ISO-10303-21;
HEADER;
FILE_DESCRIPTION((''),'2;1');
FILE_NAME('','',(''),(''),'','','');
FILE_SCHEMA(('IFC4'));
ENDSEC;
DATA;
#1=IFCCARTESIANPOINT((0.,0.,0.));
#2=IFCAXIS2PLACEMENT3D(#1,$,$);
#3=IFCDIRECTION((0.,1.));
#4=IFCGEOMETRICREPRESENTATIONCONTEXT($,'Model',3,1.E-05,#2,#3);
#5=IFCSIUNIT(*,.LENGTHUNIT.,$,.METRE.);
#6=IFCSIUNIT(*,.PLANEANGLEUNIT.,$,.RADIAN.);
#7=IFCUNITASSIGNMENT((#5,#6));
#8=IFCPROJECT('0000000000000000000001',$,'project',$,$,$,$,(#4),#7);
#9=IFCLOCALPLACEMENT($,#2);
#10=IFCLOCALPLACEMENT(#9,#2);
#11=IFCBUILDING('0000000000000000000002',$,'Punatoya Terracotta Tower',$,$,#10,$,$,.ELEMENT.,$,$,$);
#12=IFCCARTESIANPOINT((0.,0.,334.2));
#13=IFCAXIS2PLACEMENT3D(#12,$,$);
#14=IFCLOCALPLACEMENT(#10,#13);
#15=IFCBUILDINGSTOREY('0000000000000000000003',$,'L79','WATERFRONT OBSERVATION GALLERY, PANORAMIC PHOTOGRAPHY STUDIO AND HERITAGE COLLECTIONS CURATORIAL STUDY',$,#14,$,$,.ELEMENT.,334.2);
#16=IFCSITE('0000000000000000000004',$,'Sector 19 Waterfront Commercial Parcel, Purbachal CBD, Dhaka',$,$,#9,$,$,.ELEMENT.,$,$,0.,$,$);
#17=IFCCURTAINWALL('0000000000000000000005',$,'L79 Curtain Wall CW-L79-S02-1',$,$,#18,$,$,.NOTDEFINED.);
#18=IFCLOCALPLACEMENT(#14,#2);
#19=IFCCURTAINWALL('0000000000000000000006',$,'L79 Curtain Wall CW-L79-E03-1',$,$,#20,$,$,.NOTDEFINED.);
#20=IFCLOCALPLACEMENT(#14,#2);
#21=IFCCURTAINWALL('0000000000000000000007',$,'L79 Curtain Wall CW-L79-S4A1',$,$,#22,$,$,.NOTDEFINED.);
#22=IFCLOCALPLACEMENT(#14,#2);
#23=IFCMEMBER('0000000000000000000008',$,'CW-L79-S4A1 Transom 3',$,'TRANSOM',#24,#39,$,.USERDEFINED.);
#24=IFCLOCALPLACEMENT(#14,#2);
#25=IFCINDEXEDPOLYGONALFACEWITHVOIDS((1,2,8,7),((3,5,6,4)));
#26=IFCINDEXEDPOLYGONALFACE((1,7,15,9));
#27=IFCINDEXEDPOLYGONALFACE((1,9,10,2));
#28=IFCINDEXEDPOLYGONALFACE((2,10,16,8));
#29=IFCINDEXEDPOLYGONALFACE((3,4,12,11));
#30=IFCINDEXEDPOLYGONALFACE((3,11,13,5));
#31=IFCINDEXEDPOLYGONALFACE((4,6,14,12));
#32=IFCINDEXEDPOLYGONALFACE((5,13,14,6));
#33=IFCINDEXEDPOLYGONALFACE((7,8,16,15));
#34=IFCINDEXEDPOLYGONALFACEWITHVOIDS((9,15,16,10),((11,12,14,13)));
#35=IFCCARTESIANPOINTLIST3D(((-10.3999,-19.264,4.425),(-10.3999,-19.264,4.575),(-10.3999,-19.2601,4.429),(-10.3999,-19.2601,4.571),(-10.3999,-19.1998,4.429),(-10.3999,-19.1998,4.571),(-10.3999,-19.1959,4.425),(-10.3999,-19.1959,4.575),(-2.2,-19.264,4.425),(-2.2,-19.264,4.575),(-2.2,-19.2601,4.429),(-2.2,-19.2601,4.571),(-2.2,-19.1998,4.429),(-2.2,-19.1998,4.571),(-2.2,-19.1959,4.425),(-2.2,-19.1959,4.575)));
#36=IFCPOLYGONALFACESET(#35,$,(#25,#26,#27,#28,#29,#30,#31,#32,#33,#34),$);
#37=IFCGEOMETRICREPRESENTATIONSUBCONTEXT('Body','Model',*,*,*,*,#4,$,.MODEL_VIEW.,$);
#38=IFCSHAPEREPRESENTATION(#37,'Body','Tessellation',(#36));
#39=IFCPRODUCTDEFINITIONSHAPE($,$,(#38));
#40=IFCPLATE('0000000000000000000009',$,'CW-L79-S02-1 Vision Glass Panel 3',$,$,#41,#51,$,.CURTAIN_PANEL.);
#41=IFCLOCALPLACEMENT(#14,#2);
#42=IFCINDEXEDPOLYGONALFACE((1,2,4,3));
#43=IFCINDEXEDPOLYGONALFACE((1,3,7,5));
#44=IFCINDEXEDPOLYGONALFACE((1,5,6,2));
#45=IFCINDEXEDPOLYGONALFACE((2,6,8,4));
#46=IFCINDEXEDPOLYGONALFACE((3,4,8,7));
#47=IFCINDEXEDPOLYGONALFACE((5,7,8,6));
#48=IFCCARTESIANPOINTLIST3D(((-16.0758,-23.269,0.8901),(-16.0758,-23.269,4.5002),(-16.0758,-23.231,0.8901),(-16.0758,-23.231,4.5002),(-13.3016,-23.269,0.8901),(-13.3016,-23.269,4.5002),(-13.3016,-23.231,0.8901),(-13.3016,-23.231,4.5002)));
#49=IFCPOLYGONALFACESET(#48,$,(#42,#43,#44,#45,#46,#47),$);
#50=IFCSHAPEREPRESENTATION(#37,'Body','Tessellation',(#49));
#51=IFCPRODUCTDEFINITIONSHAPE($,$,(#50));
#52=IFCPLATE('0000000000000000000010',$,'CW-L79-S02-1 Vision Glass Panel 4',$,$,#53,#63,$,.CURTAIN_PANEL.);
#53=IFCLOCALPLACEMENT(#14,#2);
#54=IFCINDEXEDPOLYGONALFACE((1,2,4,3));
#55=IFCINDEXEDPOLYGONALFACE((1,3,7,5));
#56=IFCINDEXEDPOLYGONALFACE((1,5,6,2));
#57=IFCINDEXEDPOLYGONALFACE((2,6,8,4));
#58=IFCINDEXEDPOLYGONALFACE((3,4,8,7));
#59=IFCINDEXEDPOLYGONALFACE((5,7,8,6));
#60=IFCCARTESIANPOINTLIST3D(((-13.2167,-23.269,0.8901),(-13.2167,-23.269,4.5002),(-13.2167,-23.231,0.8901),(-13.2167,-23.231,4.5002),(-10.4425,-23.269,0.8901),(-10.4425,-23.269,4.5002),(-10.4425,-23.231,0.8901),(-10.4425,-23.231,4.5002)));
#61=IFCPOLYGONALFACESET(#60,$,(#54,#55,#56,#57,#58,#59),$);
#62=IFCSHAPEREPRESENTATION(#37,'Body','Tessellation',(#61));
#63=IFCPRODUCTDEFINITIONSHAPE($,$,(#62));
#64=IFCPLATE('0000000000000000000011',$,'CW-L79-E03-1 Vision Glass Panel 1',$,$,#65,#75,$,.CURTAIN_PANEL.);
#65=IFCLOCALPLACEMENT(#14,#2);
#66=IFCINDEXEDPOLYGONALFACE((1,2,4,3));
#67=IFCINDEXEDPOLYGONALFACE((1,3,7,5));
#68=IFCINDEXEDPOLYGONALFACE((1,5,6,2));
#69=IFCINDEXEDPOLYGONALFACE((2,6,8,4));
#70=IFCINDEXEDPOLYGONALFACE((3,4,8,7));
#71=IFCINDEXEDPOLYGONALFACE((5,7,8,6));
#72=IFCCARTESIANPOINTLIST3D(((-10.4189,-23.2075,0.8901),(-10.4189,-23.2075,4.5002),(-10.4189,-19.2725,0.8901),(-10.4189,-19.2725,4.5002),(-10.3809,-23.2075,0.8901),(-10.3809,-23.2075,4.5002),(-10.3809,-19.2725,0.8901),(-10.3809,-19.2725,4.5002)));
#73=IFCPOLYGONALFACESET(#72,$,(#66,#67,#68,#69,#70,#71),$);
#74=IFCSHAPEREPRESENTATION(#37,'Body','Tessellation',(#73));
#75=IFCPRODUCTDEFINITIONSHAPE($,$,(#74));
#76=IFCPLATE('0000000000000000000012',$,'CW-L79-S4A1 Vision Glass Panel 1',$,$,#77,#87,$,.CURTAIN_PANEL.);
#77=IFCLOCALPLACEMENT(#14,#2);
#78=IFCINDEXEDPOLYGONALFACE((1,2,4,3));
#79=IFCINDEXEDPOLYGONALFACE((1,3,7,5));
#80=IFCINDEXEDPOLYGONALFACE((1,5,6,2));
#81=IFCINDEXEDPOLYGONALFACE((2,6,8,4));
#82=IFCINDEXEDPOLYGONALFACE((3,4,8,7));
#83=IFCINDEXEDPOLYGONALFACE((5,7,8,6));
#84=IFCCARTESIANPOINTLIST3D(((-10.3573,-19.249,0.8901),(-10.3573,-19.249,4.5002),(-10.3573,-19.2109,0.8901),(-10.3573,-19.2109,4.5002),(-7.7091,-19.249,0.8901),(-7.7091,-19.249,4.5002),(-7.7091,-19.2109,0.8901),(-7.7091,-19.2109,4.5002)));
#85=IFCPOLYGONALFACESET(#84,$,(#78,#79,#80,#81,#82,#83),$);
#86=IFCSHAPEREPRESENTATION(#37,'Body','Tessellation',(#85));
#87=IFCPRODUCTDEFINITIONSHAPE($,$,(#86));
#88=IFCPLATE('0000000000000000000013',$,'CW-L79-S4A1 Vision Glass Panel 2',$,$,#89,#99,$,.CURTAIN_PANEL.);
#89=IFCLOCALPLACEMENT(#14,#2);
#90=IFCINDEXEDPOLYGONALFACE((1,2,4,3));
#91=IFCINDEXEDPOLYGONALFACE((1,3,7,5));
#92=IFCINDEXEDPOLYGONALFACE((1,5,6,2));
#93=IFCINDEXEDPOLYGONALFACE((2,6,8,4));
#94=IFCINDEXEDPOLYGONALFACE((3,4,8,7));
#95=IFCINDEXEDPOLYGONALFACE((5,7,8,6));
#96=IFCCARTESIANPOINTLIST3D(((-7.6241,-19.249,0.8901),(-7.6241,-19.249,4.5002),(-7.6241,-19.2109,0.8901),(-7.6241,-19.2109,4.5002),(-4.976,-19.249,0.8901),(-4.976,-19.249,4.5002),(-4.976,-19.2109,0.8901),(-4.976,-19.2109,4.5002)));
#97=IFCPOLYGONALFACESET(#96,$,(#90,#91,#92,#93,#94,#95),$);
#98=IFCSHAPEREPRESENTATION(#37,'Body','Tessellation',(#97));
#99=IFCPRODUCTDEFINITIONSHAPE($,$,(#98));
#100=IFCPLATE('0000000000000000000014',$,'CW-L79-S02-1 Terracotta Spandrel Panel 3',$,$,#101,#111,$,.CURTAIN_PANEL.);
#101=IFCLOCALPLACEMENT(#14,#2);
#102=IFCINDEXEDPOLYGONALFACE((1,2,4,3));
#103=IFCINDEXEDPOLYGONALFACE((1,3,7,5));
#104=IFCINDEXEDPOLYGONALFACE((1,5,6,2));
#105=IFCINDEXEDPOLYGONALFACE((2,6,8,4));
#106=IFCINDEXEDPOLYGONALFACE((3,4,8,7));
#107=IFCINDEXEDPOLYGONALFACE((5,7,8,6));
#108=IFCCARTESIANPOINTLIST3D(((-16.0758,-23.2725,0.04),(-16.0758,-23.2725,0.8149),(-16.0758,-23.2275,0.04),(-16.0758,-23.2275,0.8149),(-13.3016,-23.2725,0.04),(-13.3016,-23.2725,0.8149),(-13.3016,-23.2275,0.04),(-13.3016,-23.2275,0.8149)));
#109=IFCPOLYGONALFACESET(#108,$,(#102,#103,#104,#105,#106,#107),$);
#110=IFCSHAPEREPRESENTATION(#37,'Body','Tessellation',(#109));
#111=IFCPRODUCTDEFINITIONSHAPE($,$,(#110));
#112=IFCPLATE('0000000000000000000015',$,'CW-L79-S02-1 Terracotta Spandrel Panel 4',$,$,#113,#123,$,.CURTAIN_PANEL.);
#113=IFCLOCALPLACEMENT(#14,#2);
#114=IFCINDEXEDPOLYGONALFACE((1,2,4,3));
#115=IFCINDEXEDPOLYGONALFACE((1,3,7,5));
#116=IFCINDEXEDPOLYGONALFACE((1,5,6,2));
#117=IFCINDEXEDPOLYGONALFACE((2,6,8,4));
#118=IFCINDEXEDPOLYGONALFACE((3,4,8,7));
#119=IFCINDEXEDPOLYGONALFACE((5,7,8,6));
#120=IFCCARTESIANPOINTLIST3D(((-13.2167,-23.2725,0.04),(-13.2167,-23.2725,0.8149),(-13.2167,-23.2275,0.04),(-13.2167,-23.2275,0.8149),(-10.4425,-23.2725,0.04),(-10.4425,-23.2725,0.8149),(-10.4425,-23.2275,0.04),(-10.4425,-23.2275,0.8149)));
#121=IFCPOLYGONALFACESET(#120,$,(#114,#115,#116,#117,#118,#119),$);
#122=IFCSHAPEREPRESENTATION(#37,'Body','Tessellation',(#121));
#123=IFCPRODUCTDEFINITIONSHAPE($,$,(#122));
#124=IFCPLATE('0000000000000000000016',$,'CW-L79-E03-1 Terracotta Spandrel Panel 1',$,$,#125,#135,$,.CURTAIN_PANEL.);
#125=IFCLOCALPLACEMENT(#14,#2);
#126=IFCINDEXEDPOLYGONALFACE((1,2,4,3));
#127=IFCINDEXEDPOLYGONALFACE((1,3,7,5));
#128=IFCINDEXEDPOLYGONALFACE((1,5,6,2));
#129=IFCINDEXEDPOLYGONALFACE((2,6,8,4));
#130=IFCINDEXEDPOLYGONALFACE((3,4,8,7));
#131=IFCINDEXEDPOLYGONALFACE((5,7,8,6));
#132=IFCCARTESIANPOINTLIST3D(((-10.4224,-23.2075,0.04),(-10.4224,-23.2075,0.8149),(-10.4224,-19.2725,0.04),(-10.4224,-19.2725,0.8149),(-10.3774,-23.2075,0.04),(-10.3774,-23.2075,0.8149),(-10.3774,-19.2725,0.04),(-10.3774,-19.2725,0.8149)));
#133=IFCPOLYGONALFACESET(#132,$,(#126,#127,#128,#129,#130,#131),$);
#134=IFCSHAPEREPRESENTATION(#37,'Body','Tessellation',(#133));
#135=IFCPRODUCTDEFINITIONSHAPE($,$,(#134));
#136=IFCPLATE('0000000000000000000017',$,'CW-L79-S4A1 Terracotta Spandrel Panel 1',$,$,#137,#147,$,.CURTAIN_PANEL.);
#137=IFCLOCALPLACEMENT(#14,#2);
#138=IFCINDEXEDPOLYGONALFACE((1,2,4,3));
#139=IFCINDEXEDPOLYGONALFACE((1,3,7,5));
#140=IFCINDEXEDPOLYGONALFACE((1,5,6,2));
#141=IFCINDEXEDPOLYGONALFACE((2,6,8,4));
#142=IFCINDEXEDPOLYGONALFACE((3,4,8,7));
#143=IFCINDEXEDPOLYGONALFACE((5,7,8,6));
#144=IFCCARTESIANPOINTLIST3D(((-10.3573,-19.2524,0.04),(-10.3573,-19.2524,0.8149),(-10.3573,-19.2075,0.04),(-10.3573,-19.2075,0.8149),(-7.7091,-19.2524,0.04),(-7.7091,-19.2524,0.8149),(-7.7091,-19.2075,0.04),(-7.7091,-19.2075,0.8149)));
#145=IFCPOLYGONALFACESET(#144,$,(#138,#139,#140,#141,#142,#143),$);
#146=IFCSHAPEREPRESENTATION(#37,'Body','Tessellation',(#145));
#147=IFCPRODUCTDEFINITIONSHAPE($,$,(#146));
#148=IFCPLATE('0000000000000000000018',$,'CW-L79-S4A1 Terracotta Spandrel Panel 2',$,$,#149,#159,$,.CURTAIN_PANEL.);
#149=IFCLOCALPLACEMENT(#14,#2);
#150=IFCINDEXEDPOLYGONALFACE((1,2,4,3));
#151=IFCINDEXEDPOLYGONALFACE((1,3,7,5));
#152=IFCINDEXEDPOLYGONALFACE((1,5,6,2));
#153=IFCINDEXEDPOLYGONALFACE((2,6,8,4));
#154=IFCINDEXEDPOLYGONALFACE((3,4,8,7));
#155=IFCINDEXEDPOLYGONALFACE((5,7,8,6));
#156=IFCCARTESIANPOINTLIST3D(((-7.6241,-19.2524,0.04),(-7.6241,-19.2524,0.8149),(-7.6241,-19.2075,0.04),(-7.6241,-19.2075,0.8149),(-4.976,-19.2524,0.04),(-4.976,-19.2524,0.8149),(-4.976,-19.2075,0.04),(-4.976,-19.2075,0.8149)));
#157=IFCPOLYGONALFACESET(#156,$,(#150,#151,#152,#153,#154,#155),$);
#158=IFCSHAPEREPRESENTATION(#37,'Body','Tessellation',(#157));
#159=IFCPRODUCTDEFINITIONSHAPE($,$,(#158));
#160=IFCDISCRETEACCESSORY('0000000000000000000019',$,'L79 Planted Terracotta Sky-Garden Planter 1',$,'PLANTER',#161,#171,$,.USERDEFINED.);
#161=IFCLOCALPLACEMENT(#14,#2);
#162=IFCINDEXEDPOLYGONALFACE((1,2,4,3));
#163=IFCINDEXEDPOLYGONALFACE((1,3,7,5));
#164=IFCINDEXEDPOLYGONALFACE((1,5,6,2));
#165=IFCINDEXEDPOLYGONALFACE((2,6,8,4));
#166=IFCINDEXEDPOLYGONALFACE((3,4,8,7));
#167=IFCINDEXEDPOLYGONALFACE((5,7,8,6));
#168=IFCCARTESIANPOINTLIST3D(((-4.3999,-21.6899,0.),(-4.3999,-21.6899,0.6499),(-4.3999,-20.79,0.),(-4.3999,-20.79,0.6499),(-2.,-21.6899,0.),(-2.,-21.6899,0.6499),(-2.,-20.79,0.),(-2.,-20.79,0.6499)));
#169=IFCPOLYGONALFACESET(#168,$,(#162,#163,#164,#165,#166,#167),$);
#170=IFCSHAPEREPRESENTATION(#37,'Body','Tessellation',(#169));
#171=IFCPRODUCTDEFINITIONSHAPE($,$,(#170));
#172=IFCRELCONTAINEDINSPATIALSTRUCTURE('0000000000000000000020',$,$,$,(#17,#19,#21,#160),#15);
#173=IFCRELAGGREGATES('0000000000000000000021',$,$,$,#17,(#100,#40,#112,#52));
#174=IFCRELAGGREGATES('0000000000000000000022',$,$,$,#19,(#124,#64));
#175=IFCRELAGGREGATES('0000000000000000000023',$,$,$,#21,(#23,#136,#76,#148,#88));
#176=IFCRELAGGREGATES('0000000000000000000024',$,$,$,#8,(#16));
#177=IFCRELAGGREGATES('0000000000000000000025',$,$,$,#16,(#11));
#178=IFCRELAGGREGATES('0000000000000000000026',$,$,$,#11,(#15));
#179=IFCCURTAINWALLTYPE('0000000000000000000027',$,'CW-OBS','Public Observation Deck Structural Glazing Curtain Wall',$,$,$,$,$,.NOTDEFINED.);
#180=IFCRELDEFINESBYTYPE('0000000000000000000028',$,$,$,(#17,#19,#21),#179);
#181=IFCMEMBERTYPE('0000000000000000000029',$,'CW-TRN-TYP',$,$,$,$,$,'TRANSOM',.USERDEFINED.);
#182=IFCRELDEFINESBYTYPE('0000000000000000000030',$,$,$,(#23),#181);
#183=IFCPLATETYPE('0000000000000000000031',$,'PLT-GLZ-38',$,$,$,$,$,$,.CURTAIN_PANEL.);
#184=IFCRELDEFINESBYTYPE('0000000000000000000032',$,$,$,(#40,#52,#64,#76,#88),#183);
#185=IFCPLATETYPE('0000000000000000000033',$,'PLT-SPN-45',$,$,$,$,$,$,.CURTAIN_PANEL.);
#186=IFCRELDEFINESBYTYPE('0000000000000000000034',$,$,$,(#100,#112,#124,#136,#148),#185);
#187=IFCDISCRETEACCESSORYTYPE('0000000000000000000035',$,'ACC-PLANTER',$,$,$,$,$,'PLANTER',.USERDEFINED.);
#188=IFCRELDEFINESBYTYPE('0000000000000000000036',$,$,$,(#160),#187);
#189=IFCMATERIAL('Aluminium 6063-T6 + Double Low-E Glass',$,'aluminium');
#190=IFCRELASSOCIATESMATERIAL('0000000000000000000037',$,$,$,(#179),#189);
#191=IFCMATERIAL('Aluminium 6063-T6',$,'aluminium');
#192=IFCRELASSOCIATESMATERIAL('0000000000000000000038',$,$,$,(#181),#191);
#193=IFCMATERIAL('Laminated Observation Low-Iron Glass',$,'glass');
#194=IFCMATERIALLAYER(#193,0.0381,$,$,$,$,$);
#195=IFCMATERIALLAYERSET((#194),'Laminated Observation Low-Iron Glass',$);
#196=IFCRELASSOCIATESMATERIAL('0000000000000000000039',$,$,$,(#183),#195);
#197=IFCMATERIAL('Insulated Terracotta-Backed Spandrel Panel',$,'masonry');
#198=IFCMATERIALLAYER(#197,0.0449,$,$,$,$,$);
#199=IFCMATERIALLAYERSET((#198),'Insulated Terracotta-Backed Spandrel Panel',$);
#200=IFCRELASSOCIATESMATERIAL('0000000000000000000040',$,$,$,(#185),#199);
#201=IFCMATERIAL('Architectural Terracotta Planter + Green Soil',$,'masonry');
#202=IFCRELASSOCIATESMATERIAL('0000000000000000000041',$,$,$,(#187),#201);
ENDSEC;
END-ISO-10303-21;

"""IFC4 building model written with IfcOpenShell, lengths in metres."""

from ifc_helpers import new_model, si_unit, direction, frame, origin, origin_2d, place, context, subcontext, project, spatial, rectangle, hollow_rectangle, extrude, material, layer, layer_set, material_profile, profile_set, type_object, element, aggregate, save


model = new_model("IFC4")

# Units and contexts
model_context = context("Model", 3, precision=1e-05, world=origin(), true_north=direction((0.0, 1.0)))
body_context = subcontext(model_context, "Body", "Model", "MODEL_VIEW")
ifc_project = project(units=[si_unit("LENGTHUNIT", "METRE"), si_unit("PLANEANGLEUNIT", "RADIAN")], contexts=[model_context])

# Site, building, storey
site_placement = place(None, origin())
site = spatial("IfcSite", under=ifc_project, at=site_placement, Name="Sector 19 Waterfront Commercial Parcel, Purbachal CBD, Dhaka", CompositionType="ELEMENT", RefElevation=0.0)
building_placement = place(site_placement, origin())
building = spatial("IfcBuilding", under=site, at=building_placement, Name="Punatoya Terracotta Tower", CompositionType="ELEMENT")
storey_placement = place(building_placement, frame((0.0, 0.0, 334.2)))
storey = spatial("IfcBuildingStorey", under=building, at=storey_placement, Name="L79", Description="WATERFRONT OBSERVATION GALLERY, PANORAMIC PHOTOGRAPHY STUDIO AND HERITAGE COLLECTIONS CURATORIAL STUDY", CompositionType="ELEMENT", Elevation=334.2)

# Curtain walls
ifc_material_1 = material(Name="Aluminium 6063-T6 + Double Low-E Glass", Category="aluminium")
curtain_wall_type = type_object("IfcCurtainWallType", Name="CW-OBS", Description="Public Observation Deck Structural Glazing Curtain Wall", PredefinedType="NOTDEFINED", material=ifc_material_1)
curtain_wall_1_placement = place(storey_placement, origin())
curtain_wall_1 = element("IfcCurtainWall", 1, at=curtain_wall_1_placement, inside=storey, type_object=curtain_wall_type, Name="L79 Curtain Wall CW-L79-S02-1", PredefinedType="NOTDEFINED")
ifc_material_2 = material(Name="Aluminium 6063-T6", Category="aluminium")
curtain_wall_2_placement = place(storey_placement, origin())
curtain_wall_2 = element("IfcCurtainWall", 2, at=curtain_wall_2_placement, inside=storey, type_object=curtain_wall_type, Name="L79 Curtain Wall CW-L79-E03-1", PredefinedType="NOTDEFINED")
curtain_wall_3_placement = place(storey_placement, origin())
curtain_wall_3 = element("IfcCurtainWall", 3, at=curtain_wall_3_placement, inside=storey, type_object=curtain_wall_type, Name="L79 Curtain Wall CW-L79-S4A1", PredefinedType="NOTDEFINED")

# Member
ifc_material_profile_1 = material_profile(ifc_material_2, hollow_rectangle(XDim=0.0681, YDim=0.1499, WallThickness=0.0039, at=origin_2d()))
ifc_profile_set_1 = profile_set([ifc_material_profile_1], Name="Aluminium 6063-T6")
member_type_1 = type_object("IfcMemberType", Name="CW-TRN-TYP", ElementType="TRANSOM", PredefinedType="USERDEFINED", material=ifc_profile_set_1)
member_1_placement = place(storey_placement, frame((-10.3999, -19.23, 4.5), z_axis=(1.0, 0.0, 0.0), x_axis=(0.0, 1.0, 0.0)))
member_1 = element("IfcMember", 4, at=member_1_placement, type_object=member_type_1, Name="CW-L79-S4A1 Transom 3", ObjectType="TRANSOM", PredefinedType="USERDEFINED", context=body_context, shape_type="SweptSolid", body=[
    extrude(hollow_rectangle(XDim=0.0681, YDim=0.1499, WallThickness=0.0039, at=origin_2d()), origin(), (0.0, 0.0, 1.0), 8.2),
])

# Plates
ifc_material_3 = material(Name="Laminated Observation Low-Iron Glass", Category="glass")
ifc_layer_1 = layer(ifc_material_3, 0.0381)
ifc_layer_set_1 = layer_set([ifc_layer_1], Name="Laminated Observation Low-Iron Glass")
plate_type_1 = type_object("IfcPlateType", Name="PLT-GLZ-38", PredefinedType="CURTAIN_PANEL", material=ifc_layer_set_1)
plate_1_placement = place(storey_placement, frame((-14.6887, -23.25, 0.8901), z_axis=(0.0, 0.0, 1.0), x_axis=(1.0, 0.0, 0.0)))
plate_1 = element("IfcPlate", 5, at=plate_1_placement, type_object=plate_type_1, Name="CW-L79-S02-1 Vision Glass Panel 3", PredefinedType="CURTAIN_PANEL", context=body_context, shape_type="SweptSolid", body=[
    extrude(rectangle(XDim=2.7742, YDim=0.0381, at=origin_2d()), origin(), (0.0, 0.0, 1.0), 3.6101),
])
plate_2_placement = place(storey_placement, frame((-11.8296, -23.25, 0.8901), z_axis=(0.0, 0.0, 1.0), x_axis=(1.0, 0.0, 0.0)))
plate_2 = element("IfcPlate", 6, at=plate_2_placement, type_object=plate_type_1, Name="CW-L79-S02-1 Vision Glass Panel 4", PredefinedType="CURTAIN_PANEL", context=body_context, shape_type="SweptSolid", body=[
    extrude(rectangle(XDim=2.7742, YDim=0.0381, at=origin_2d()), origin(), (0.0, 0.0, 1.0), 3.6101),
])
plate_3_placement = place(storey_placement, frame((-10.3999, -21.24, 0.8901), z_axis=(0.0, 0.0, 1.0), x_axis=(0.0, 1.0, 0.0)))
plate_3 = element("IfcPlate", 7, at=plate_3_placement, type_object=plate_type_1, Name="CW-L79-E03-1 Vision Glass Panel 1", PredefinedType="CURTAIN_PANEL", context=body_context, shape_type="SweptSolid", body=[
    extrude(rectangle(XDim=3.9351, YDim=0.0381, at=origin_2d()), origin(), (0.0, 0.0, 1.0), 3.6101),
])
plate_4_placement = place(storey_placement, frame((-9.0332, -19.23, 0.8901), z_axis=(0.0, 0.0, 1.0), x_axis=(1.0, 0.0, 0.0)))
plate_4 = element("IfcPlate", 8, at=plate_4_placement, type_object=plate_type_1, Name="CW-L79-S4A1 Vision Glass Panel 1", PredefinedType="CURTAIN_PANEL", context=body_context, shape_type="SweptSolid", body=[
    extrude(rectangle(XDim=2.6482, YDim=0.0381, at=origin_2d()), origin(), (0.0, 0.0, 1.0), 3.6101),
])
plate_5_placement = place(storey_placement, frame((-6.3, -19.23, 0.8901), z_axis=(0.0, 0.0, 1.0), x_axis=(1.0, 0.0, 0.0)))
plate_5 = element("IfcPlate", 9, at=plate_5_placement, type_object=plate_type_1, Name="CW-L79-S4A1 Vision Glass Panel 2", PredefinedType="CURTAIN_PANEL", context=body_context, shape_type="SweptSolid", body=[
    extrude(rectangle(XDim=2.6482, YDim=0.0381, at=origin_2d()), origin(), (0.0, 0.0, 1.0), 3.6101),
])
ifc_material_4 = material(Name="Insulated Terracotta-Backed Spandrel Panel", Category="masonry")
ifc_layer_2 = layer(ifc_material_4, 0.0449)
ifc_layer_set_2 = layer_set([ifc_layer_2], Name="Insulated Terracotta-Backed Spandrel Panel")
plate_type_2 = type_object("IfcPlateType", Name="PLT-SPN-45", PredefinedType="CURTAIN_PANEL", material=ifc_layer_set_2)
plate_6_placement = place(storey_placement, frame((-14.6887, -23.25, 0.04), z_axis=(0.0, 0.0, 1.0), x_axis=(1.0, 0.0, 0.0)))
plate_6 = element("IfcPlate", 10, at=plate_6_placement, type_object=plate_type_2, Name="CW-L79-S02-1 Terracotta Spandrel Panel 3", PredefinedType="CURTAIN_PANEL", context=body_context, shape_type="SweptSolid", body=[
    extrude(rectangle(XDim=2.7742, YDim=0.0449, at=origin_2d()), origin(), (0.0, 0.0, 1.0), 0.7749),
])
plate_7_placement = place(storey_placement, frame((-11.8296, -23.25, 0.04), z_axis=(0.0, 0.0, 1.0), x_axis=(1.0, 0.0, 0.0)))
plate_7 = element("IfcPlate", 11, at=plate_7_placement, type_object=plate_type_2, Name="CW-L79-S02-1 Terracotta Spandrel Panel 4", PredefinedType="CURTAIN_PANEL", context=body_context, shape_type="SweptSolid", body=[
    extrude(rectangle(XDim=2.7742, YDim=0.0449, at=origin_2d()), origin(), (0.0, 0.0, 1.0), 0.7749),
])
aggregate(curtain_wall_1, [plate_6, plate_1, plate_7, plate_2])
plate_8_placement = place(storey_placement, frame((-10.3999, -21.24, 0.04), z_axis=(0.0, 0.0, 1.0), x_axis=(0.0, 1.0, 0.0)))
plate_8 = element("IfcPlate", 12, at=plate_8_placement, type_object=plate_type_2, Name="CW-L79-E03-1 Terracotta Spandrel Panel 1", PredefinedType="CURTAIN_PANEL", context=body_context, shape_type="SweptSolid", body=[
    extrude(rectangle(XDim=3.9351, YDim=0.0449, at=origin_2d()), origin(), (0.0, 0.0, 1.0), 0.7749),
])
aggregate(curtain_wall_2, [plate_8, plate_3])
plate_9_placement = place(storey_placement, frame((-9.0332, -19.23, 0.04), z_axis=(0.0, 0.0, 1.0), x_axis=(1.0, 0.0, 0.0)))
plate_9 = element("IfcPlate", 13, at=plate_9_placement, type_object=plate_type_2, Name="CW-L79-S4A1 Terracotta Spandrel Panel 1", PredefinedType="CURTAIN_PANEL", context=body_context, shape_type="SweptSolid", body=[
    extrude(rectangle(XDim=2.6482, YDim=0.0449, at=origin_2d()), origin(), (0.0, 0.0, 1.0), 0.7749),
])
plate_10_placement = place(storey_placement, frame((-6.3, -19.23, 0.04), z_axis=(0.0, 0.0, 1.0), x_axis=(1.0, 0.0, 0.0)))
plate_10 = element("IfcPlate", 14, at=plate_10_placement, type_object=plate_type_2, Name="CW-L79-S4A1 Terracotta Spandrel Panel 2", PredefinedType="CURTAIN_PANEL", context=body_context, shape_type="SweptSolid", body=[
    extrude(rectangle(XDim=2.6482, YDim=0.0449, at=origin_2d()), origin(), (0.0, 0.0, 1.0), 0.7749),
])
aggregate(curtain_wall_3, [member_1, plate_9, plate_4, plate_10, plate_5])

# Discrete accessory
ifc_material_5 = material(Name="Architectural Terracotta Planter + Green Soil", Category="masonry")
discrete_accessory_type = type_object("IfcDiscreteAccessoryType", Name="ACC-PLANTER", ElementType="PLANTER", PredefinedType="USERDEFINED", material=ifc_material_5)
discrete_accessory_placement = place(storey_placement, frame((-3.2, -21.24, 0.0), z_axis=(0.0, 0.0, 1.0), x_axis=(1.0, 0.0, 0.0)))
element("IfcDiscreteAccessory", 15, at=discrete_accessory_placement, inside=storey, type_object=discrete_accessory_type, Name="L79 Planted Terracotta Sky-Garden Planter 1", ObjectType="PLANTER", PredefinedType="USERDEFINED", context=body_context, shape_type="SweptSolid", body=[
    extrude(rectangle(XDim=2.3999, YDim=0.8999, at=origin_2d()), origin(), (0.0, 0.0, 1.0), 0.6499),
])

save(model, "model.ifc")
